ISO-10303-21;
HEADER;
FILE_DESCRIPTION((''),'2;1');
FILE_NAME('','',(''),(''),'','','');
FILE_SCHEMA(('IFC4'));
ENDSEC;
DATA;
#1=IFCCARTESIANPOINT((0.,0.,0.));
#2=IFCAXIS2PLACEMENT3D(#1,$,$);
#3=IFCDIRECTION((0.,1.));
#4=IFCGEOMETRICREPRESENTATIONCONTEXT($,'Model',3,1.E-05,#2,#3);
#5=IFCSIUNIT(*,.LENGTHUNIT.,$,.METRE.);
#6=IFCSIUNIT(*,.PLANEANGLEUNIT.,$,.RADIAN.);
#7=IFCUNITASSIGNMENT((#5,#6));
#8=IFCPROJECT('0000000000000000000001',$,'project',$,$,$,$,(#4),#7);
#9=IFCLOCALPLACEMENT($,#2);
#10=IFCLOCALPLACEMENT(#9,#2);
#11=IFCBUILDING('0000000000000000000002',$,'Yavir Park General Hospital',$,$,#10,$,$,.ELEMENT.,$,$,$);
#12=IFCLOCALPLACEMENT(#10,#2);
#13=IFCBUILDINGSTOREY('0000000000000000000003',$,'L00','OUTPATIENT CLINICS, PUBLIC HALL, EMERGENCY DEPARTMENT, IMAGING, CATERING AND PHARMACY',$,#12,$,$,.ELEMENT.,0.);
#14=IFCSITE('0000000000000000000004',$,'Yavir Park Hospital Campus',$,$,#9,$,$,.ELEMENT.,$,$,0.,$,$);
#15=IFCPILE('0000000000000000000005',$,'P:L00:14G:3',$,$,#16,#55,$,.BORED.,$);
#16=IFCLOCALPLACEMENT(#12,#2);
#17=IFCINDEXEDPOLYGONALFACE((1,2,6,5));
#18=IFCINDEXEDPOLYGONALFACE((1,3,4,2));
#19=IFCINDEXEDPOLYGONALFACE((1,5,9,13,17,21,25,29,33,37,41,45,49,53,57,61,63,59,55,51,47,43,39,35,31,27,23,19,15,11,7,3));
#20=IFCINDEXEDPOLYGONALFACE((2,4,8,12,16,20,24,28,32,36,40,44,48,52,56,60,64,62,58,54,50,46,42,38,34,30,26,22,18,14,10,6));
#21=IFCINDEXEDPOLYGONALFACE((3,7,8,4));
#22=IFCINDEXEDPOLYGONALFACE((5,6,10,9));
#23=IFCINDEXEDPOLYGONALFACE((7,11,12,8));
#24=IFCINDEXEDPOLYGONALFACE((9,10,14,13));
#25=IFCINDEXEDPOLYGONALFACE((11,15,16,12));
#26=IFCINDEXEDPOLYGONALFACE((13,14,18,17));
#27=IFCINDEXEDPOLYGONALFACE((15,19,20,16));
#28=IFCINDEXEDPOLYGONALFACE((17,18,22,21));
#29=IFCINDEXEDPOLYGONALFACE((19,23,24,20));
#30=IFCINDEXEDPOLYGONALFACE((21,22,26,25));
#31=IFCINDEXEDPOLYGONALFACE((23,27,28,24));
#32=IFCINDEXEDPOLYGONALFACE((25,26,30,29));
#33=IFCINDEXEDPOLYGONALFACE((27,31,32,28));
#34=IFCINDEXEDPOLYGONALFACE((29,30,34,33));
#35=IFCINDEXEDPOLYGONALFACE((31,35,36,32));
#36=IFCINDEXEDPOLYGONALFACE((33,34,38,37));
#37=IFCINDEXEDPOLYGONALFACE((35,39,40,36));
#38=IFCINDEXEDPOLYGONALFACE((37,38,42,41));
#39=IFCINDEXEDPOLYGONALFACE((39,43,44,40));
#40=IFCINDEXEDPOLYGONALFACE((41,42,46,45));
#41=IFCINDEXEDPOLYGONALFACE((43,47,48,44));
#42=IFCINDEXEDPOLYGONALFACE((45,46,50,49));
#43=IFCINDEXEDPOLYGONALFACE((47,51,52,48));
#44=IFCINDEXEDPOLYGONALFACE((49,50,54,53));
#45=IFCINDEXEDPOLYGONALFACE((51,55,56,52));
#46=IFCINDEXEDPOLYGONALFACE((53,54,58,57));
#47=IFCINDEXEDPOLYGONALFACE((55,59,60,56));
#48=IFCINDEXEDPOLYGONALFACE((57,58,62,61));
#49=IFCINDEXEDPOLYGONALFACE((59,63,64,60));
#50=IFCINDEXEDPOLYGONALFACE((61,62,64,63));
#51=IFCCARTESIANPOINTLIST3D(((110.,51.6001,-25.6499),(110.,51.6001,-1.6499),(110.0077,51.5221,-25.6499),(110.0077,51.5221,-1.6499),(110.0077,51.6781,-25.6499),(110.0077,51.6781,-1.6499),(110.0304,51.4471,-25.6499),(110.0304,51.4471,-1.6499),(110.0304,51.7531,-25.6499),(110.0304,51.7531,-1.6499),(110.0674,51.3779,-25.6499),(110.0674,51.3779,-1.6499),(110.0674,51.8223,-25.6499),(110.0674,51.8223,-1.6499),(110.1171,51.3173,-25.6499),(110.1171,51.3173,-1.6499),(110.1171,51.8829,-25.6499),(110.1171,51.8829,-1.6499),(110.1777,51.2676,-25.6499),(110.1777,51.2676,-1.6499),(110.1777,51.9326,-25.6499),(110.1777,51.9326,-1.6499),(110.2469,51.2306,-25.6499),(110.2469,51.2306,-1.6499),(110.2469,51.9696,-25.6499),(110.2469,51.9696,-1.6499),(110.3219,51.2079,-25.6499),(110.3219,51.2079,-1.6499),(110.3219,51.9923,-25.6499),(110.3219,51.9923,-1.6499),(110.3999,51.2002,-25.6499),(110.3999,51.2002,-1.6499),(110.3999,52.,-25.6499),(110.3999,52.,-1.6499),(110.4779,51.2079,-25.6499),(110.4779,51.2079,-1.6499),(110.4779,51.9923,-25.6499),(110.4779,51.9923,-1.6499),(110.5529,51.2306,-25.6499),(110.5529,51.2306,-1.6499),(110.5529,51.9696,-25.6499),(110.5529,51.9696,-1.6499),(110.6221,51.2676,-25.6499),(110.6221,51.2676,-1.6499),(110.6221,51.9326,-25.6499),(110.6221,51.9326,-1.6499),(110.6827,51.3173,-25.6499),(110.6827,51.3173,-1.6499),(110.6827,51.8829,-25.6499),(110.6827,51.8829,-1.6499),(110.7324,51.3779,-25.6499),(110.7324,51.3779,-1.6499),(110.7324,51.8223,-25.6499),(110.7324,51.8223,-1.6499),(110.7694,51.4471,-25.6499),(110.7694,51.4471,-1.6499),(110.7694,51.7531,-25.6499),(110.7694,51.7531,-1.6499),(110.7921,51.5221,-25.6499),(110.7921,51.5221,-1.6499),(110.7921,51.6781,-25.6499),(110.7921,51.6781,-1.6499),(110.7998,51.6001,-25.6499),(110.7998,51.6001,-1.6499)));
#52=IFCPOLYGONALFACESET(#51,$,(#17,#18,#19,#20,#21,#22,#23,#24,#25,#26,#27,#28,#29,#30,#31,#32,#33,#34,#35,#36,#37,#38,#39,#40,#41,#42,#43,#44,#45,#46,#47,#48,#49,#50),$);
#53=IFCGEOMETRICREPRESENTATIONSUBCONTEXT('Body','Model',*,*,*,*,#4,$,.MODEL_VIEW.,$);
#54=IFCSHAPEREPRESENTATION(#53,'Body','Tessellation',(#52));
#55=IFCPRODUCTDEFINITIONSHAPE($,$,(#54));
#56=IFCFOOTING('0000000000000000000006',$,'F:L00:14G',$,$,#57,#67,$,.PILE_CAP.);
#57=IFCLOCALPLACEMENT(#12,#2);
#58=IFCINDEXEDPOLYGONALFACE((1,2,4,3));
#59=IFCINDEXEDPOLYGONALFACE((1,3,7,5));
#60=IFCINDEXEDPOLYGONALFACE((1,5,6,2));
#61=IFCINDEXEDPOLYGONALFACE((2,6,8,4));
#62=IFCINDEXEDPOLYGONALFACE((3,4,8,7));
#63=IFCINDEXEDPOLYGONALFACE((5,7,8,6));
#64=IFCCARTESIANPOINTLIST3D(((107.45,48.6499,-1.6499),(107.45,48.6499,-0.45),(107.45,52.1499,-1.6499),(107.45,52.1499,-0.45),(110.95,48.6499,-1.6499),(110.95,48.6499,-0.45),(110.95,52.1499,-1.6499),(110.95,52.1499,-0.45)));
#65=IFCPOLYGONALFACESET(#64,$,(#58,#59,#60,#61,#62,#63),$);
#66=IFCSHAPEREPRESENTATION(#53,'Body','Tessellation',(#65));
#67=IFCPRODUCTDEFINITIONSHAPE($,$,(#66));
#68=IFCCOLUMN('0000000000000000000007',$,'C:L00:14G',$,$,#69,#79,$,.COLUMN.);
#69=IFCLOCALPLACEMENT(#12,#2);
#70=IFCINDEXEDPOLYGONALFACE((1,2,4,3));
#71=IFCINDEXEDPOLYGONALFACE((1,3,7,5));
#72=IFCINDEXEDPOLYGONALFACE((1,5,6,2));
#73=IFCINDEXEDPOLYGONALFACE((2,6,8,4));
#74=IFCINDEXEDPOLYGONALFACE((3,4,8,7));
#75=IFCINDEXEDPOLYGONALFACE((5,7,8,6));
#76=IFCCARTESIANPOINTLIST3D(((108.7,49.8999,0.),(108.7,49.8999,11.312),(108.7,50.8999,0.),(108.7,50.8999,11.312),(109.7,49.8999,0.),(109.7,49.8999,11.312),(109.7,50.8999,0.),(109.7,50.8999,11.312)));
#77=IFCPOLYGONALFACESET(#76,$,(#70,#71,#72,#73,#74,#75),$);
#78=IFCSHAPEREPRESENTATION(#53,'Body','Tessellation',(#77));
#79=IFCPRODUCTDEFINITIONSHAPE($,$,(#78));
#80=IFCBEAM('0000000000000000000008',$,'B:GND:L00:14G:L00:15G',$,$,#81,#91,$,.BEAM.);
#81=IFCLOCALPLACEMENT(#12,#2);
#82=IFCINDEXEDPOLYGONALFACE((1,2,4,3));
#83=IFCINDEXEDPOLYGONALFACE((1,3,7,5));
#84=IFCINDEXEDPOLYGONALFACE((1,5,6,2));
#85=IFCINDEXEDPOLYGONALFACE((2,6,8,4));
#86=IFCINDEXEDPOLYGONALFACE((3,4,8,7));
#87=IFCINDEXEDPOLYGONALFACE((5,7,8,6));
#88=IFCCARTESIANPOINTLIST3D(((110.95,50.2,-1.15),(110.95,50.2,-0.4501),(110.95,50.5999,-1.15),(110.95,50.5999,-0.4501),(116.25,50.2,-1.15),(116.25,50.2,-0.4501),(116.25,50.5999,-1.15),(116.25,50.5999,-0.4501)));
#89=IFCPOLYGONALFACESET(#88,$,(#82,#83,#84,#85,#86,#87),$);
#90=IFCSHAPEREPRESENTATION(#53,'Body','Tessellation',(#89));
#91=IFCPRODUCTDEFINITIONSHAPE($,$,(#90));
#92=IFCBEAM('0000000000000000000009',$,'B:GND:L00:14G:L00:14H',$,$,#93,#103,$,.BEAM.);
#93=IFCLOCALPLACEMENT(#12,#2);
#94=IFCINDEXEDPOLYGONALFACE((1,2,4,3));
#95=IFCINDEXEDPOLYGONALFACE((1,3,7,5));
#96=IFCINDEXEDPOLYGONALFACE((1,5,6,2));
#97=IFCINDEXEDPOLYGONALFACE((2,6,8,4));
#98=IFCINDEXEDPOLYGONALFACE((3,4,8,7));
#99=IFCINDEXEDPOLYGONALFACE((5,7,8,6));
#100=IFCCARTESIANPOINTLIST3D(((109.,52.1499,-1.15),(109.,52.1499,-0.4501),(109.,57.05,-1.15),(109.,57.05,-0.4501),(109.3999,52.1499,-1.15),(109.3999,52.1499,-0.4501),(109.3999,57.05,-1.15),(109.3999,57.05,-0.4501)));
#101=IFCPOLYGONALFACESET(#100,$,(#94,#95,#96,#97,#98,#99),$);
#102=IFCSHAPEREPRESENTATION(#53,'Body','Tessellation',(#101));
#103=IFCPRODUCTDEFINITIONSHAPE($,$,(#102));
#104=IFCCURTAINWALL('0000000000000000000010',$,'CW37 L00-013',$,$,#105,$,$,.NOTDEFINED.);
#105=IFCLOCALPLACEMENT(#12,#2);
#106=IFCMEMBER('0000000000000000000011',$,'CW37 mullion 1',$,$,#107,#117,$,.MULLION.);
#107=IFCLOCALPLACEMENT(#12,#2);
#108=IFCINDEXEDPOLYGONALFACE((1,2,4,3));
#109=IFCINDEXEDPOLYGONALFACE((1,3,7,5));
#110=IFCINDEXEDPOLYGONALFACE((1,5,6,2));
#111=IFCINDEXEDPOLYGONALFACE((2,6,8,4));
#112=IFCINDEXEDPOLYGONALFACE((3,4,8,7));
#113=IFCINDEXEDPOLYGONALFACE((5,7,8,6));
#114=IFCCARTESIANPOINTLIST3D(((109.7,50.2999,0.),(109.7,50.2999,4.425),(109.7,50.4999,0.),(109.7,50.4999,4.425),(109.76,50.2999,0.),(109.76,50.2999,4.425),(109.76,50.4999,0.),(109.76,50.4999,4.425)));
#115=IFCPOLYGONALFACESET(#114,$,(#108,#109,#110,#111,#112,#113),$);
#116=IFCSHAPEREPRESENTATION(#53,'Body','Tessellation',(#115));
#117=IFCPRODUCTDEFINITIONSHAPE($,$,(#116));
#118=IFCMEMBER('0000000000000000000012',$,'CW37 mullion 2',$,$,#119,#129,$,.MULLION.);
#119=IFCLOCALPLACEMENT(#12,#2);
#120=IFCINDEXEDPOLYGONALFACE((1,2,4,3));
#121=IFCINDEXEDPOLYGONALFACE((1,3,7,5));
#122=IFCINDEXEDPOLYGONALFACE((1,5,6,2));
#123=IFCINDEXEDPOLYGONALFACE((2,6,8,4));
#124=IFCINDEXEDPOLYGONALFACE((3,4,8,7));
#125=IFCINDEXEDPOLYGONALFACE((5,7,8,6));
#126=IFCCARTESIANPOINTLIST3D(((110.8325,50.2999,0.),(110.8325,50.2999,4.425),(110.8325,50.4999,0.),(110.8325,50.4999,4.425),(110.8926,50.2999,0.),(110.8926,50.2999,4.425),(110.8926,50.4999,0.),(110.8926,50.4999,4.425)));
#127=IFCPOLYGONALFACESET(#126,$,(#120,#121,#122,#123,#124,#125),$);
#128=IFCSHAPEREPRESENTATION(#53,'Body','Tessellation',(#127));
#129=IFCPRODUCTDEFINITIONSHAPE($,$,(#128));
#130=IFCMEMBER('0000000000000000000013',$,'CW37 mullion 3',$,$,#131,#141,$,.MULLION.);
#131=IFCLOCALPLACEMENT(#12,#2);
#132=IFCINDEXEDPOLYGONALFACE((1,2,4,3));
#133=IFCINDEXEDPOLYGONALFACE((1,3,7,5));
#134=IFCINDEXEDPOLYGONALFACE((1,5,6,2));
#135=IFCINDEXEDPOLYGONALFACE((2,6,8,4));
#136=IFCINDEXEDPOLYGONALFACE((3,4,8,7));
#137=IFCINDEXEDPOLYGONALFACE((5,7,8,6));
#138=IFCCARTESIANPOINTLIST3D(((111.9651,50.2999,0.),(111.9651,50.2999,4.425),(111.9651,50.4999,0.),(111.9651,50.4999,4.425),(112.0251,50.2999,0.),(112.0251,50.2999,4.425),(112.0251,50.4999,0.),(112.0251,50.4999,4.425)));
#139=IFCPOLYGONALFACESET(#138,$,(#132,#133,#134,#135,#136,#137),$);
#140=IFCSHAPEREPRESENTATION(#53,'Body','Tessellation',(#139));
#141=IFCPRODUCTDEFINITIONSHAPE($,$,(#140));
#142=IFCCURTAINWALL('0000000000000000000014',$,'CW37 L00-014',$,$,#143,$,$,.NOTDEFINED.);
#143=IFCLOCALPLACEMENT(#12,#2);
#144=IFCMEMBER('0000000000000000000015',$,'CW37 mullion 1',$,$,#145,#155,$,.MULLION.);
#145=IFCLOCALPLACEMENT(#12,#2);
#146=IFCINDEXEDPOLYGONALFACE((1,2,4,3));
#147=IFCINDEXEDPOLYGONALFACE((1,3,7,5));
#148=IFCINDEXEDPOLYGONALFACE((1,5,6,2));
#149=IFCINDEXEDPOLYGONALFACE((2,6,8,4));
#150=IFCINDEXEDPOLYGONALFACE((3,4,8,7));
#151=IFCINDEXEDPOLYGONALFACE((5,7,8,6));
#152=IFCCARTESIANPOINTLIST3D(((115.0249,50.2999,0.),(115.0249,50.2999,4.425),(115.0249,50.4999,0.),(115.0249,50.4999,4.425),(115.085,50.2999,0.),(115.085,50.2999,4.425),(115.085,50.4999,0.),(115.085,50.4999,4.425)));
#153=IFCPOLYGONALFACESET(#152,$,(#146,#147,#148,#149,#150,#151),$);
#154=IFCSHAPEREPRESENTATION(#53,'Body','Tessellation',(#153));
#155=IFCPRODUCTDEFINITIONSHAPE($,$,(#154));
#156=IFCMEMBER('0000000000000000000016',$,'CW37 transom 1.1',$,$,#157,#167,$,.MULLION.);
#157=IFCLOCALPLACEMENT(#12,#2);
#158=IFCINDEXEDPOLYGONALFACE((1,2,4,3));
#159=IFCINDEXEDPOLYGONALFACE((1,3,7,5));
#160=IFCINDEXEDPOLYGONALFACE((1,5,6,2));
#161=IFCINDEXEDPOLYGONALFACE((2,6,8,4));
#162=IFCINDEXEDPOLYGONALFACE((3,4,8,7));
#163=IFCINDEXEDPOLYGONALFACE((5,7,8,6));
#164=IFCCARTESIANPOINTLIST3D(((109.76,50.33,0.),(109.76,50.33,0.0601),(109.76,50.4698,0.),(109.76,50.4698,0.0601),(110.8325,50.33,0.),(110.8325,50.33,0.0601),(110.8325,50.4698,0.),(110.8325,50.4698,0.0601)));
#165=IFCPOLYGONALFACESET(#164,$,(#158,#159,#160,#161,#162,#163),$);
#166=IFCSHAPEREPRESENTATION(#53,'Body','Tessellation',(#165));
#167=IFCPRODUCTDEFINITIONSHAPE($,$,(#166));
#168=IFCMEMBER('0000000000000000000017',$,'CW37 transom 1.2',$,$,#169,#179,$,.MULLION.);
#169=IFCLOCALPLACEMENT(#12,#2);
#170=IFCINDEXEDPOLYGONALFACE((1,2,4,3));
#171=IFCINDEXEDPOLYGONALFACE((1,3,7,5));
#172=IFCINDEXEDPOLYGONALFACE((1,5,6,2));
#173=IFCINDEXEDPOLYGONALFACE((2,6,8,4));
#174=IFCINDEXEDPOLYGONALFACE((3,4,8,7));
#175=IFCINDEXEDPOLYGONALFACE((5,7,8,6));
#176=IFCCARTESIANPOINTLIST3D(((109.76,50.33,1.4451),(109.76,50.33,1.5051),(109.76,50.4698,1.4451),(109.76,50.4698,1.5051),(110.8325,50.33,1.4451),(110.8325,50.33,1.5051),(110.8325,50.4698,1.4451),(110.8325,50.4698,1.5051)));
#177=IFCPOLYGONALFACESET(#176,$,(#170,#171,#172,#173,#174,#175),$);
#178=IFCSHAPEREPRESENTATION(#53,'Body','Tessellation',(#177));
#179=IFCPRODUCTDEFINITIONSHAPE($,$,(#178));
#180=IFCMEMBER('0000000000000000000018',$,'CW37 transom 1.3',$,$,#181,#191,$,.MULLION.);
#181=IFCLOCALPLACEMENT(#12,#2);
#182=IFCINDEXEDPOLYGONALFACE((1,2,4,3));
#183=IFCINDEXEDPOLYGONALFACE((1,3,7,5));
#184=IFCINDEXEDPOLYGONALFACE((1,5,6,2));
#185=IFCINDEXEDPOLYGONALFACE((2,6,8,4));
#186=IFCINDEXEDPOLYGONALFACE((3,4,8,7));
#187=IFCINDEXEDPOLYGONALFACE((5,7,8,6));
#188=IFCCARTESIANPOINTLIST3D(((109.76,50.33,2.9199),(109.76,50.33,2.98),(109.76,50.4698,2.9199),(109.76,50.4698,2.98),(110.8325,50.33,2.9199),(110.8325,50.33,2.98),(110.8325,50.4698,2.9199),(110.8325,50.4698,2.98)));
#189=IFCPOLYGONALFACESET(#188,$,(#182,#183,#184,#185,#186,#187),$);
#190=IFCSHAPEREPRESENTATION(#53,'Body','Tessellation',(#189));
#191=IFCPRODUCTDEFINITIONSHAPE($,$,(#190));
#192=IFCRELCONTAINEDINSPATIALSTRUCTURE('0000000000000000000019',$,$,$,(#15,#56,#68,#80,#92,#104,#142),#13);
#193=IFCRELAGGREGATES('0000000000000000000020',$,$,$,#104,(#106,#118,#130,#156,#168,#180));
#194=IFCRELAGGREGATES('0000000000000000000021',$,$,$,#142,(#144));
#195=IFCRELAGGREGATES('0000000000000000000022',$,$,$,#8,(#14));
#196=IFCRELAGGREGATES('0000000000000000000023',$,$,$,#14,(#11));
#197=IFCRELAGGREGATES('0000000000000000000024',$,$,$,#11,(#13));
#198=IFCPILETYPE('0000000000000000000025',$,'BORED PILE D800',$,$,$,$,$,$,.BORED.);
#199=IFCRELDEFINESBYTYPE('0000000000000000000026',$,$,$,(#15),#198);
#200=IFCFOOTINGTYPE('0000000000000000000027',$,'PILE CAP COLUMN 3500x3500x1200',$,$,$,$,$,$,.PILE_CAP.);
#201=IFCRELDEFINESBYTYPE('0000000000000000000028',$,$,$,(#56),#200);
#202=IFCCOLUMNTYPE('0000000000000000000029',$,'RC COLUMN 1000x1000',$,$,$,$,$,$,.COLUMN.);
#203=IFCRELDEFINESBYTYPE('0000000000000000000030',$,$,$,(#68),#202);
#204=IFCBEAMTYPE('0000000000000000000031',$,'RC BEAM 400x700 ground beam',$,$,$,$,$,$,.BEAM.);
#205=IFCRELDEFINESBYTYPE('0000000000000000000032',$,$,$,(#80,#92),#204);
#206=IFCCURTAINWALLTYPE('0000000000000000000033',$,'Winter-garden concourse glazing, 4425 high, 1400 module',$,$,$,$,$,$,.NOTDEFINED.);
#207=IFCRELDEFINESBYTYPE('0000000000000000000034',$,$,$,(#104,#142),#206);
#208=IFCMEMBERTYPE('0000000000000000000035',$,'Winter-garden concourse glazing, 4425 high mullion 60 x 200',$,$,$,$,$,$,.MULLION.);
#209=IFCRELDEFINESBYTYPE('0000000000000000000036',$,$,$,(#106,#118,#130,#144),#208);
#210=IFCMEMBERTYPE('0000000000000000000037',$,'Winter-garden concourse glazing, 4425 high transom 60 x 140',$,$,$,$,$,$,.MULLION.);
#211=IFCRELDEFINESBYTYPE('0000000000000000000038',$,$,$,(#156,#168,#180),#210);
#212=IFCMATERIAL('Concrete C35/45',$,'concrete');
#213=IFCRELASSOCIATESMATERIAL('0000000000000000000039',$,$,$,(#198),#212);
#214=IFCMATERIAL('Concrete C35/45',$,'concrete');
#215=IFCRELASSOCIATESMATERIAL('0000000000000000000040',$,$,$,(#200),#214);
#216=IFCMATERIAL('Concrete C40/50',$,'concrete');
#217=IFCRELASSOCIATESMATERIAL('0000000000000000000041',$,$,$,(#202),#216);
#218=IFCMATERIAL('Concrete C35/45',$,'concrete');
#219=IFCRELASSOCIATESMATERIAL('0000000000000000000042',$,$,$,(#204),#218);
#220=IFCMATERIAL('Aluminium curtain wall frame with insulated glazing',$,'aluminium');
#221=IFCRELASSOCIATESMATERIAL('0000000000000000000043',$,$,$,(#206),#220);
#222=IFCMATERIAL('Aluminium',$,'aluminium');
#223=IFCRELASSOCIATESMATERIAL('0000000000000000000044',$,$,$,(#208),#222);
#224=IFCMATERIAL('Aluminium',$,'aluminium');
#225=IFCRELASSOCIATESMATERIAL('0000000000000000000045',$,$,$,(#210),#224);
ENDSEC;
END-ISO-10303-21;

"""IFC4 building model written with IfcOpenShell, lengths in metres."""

from ifc_helpers import new_model, si_unit, direction, frame, origin, origin_2d, place, context, subcontext, project, spatial, rectangle, circle, extrude, material, material_profile, profile_set, type_object, element, aggregate, save


model = new_model("IFC4")

# Units and contexts
model_context = context("Model", 3, precision=1e-05, world=origin(), true_north=direction((0.0, 1.0)))
body_context = subcontext(model_context, "Body", "Model", "MODEL_VIEW")
ifc_project = project(units=[si_unit("LENGTHUNIT", "METRE"), si_unit("PLANEANGLEUNIT", "RADIAN")], contexts=[model_context])

# Site, building, storey
site_placement = place(None, origin())
site = spatial("IfcSite", under=ifc_project, at=site_placement, Name="Yavir Park Hospital Campus", CompositionType="ELEMENT", RefElevation=0.0)
building_placement = place(site_placement, origin())
building = spatial("IfcBuilding", under=site, at=building_placement, Name="Yavir Park General Hospital", CompositionType="ELEMENT")
storey_placement = place(building_placement, origin())
storey = spatial("IfcBuildingStorey", under=building, at=storey_placement, Name="L00", Description="OUTPATIENT CLINICS, PUBLIC HALL, EMERGENCY DEPARTMENT, IMAGING, CATERING AND PHARMACY", CompositionType="ELEMENT", Elevation=0.0)

# Pile
ifc_material_1 = material(Name="Concrete C35/45", Category="concrete")
ifc_material_profile_1 = material_profile(ifc_material_1, circle(Radius=0.3999, at=origin_2d()), Name="D800")
ifc_profile_set_1 = profile_set([ifc_material_profile_1], Name="Concrete C35/45")
pile_type = type_object("IfcPileType", Name="BORED PILE D800", PredefinedType="BORED", material=ifc_profile_set_1)
pile_placement = place(storey_placement, frame((110.3999, 51.6001, -1.6499), z_axis=(0.0, 0.0, -1.0), x_axis=(1.0, 0.0, 0.0)))
element("IfcPile", 1, at=pile_placement, inside=storey, type_object=pile_type, Name="P:L00:14G:3", PredefinedType="BORED", context=body_context, shape_type="SweptSolid", body=[
    extrude(circle(Radius=0.3999, at=origin_2d()), origin(), (0.0, 0.0, 1.0), 24.0),
])

# Footing
ifc_material_2 = material(Name="Concrete C35/45", Category="concrete")
footing_type = type_object("IfcFootingType", Name="PILE CAP COLUMN 3500x3500x1200", PredefinedType="PILE_CAP", material=ifc_material_2)
footing_placement = place(storey_placement, frame((109.2, 50.3999, -1.6499), z_axis=(0.0, 0.0, 1.0), x_axis=(1.0, 0.0, 0.0)))
element("IfcFooting", 2, at=footing_placement, inside=storey, type_object=footing_type, Name="F:L00:14G", PredefinedType="PILE_CAP", context=body_context, shape_type="SweptSolid", body=[
    extrude(rectangle(XDim=3.5, YDim=3.5, at=origin_2d()), origin(), (0.0, 0.0, 1.0), 1.2),
])

# Column
ifc_material_3 = material(Name="Concrete C40/50", Category="concrete")
ifc_material_profile_2 = material_profile(ifc_material_3, rectangle(XDim=1.0, YDim=1.0, at=origin_2d()), Name="RC1000x1000")
ifc_profile_set_2 = profile_set([ifc_material_profile_2], Name="Concrete C40/50")
column_type = type_object("IfcColumnType", Name="RC COLUMN 1000x1000", PredefinedType="COLUMN", material=ifc_profile_set_2)
column_placement = place(storey_placement, frame((109.2, 50.3999, 0.0), z_axis=(0.0, 0.0, 1.0), x_axis=(1.0, 0.0, 0.0)))
element("IfcColumn", 3, at=column_placement, inside=storey, type_object=column_type, Name="C:L00:14G", PredefinedType="COLUMN", context=body_context, shape_type="SweptSolid", body=[
    extrude(rectangle(XDim=1.0, YDim=1.0, at=origin_2d()), origin(), (0.0, 0.0, 1.0), 11.312),
])

# Beams
ifc_material_4 = material(Name="Concrete C35/45", Category="concrete")
ifc_material_profile_3 = material_profile(ifc_material_4, rectangle(XDim=0.3999, YDim=0.7, at=origin_2d()), Name="RC400x700")
ifc_profile_set_3 = profile_set([ifc_material_profile_3], Name="Concrete C35/45")
beam_type = type_object("IfcBeamType", Name="RC BEAM 400x700 ground beam", PredefinedType="BEAM", material=ifc_profile_set_3)
beam_1_placement = place(storey_placement, frame((110.95, 50.3999, -0.8), z_axis=(1.0, 0.0, 0.0), x_axis=(0.0, 1.0, 0.0)))
element("IfcBeam", 4, at=beam_1_placement, inside=storey, type_object=beam_type, Name="B:GND:L00:14G:L00:15G", PredefinedType="BEAM", context=body_context, shape_type="SweptSolid", body=[
    extrude(rectangle(XDim=0.3999, YDim=0.7, at=origin_2d()), origin(), (0.0, 0.0, 1.0), 5.3),
])
beam_2_placement = place(storey_placement, frame((109.2, 52.1499, -0.8), z_axis=(0.0, 1.0, 0.0), x_axis=(-1.0, 0.0, 0.0)))
element("IfcBeam", 5, at=beam_2_placement, inside=storey, type_object=beam_type, Name="B:GND:L00:14G:L00:14H", PredefinedType="BEAM", context=body_context, shape_type="SweptSolid", body=[
    extrude(rectangle(XDim=0.3999, YDim=0.7, at=origin_2d()), origin(), (0.0, 0.0, 1.0), 4.9001),
])

# Curtain wall, members
ifc_material_5 = material(Name="Aluminium curtain wall frame with insulated glazing", Category="aluminium")
curtain_wall_type = type_object("IfcCurtainWallType", Name="Winter-garden concourse glazing, 4425 high, 1400 module", PredefinedType="NOTDEFINED", material=ifc_material_5)
curtain_wall_1_placement = place(storey_placement, origin())
curtain_wall_1 = element("IfcCurtainWall", 6, at=curtain_wall_1_placement, inside=storey, type_object=curtain_wall_type, Name="CW37 L00-013", PredefinedType="NOTDEFINED")
ifc_material_6 = material(Name="Aluminium", Category="aluminium")
ifc_material_profile_4 = material_profile(ifc_material_6, rectangle(XDim=0.2, YDim=0.0601, at=origin_2d()), Name="AL 60x200")
ifc_profile_set_4 = profile_set([ifc_material_profile_4], Name="Aluminium")
member_type_1 = type_object("IfcMemberType", Name="Winter-garden concourse glazing, 4425 high mullion 60 x 200", PredefinedType="MULLION", material=ifc_profile_set_4)
member_1_placement = place(storey_placement, frame((109.73, 50.3999, 0.0), z_axis=(0.0, 0.0, 1.0), x_axis=(0.0, 1.0, 0.0)))
member_1 = element("IfcMember", 7, at=member_1_placement, type_object=member_type_1, Name="CW37 mullion 1", PredefinedType="MULLION", context=body_context, shape_type="SweptSolid", body=[
    extrude(rectangle(XDim=0.2, YDim=0.0601, at=origin_2d()), origin(), (0.0, 0.0, 1.0), 4.425),
])
member_2_placement = place(storey_placement, frame((110.8625, 50.3999, 0.0), z_axis=(0.0, 0.0, 1.0), x_axis=(0.0, 1.0, 0.0)))
member_2 = element("IfcMember", 8, at=member_2_placement, type_object=member_type_1, Name="CW37 mullion 2", PredefinedType="MULLION", context=body_context, shape_type="SweptSolid", body=[
    extrude(rectangle(XDim=0.2, YDim=0.0601, at=origin_2d()), origin(), (0.0, 0.0, 1.0), 4.425),
])
member_3_placement = place(storey_placement, frame((111.9951, 50.3999, 0.0), z_axis=(0.0, 0.0, 1.0), x_axis=(0.0, 1.0, 0.0)))
member_3 = element("IfcMember", 9, at=member_3_placement, type_object=member_type_1, Name="CW37 mullion 3", PredefinedType="MULLION", context=body_context, shape_type="SweptSolid", body=[
    extrude(rectangle(XDim=0.2, YDim=0.0601, at=origin_2d()), origin(), (0.0, 0.0, 1.0), 4.425),
])

# Curtain wall, member
curtain_wall_2_placement = place(storey_placement, origin())
curtain_wall_2 = element("IfcCurtainWall", 10, at=curtain_wall_2_placement, inside=storey, type_object=curtain_wall_type, Name="CW37 L00-014", PredefinedType="NOTDEFINED")
member_4_placement = place(storey_placement, frame((115.0549, 50.3999, 0.0), z_axis=(0.0, 0.0, 1.0), x_axis=(0.0, 1.0, 0.0)))
member_4 = element("IfcMember", 11, at=member_4_placement, type_object=member_type_1, Name="CW37 mullion 1", PredefinedType="MULLION", context=body_context, shape_type="SweptSolid", body=[
    extrude(rectangle(XDim=0.2, YDim=0.0601, at=origin_2d()), origin(), (0.0, 0.0, 1.0), 4.425),
])

# Members
ifc_material_7 = material(Name="Aluminium", Category="aluminium")
ifc_material_profile_5 = material_profile(ifc_material_7, rectangle(XDim=0.1399, YDim=0.0601, at=origin_2d()), Name="AL 140x60")
ifc_profile_set_5 = profile_set([ifc_material_profile_5], Name="Aluminium")
member_type_2 = type_object("IfcMemberType", Name="Winter-garden concourse glazing, 4425 high transom 60 x 140", PredefinedType="MULLION", material=ifc_profile_set_5)
member_5_placement = place(storey_placement, frame((109.76, 50.3999, 0.03), z_axis=(1.0, 0.0, 0.0), x_axis=(0.0, 1.0, 0.0)))
member_5 = element("IfcMember", 12, at=member_5_placement, type_object=member_type_2, Name="CW37 transom 1.1", PredefinedType="MULLION", context=body_context, shape_type="SweptSolid", body=[
    extrude(rectangle(XDim=0.1399, YDim=0.0601, at=origin_2d()), origin(), (0.0, 0.0, 1.0), 1.0725),
])
member_6_placement = place(storey_placement, frame((109.76, 50.3999, 1.4751), z_axis=(1.0, 0.0, 0.0), x_axis=(0.0, 1.0, 0.0)))
member_6 = element("IfcMember", 13, at=member_6_placement, type_object=member_type_2, Name="CW37 transom 1.2", PredefinedType="MULLION", context=body_context, shape_type="SweptSolid", body=[
    extrude(rectangle(XDim=0.1399, YDim=0.0601, at=origin_2d()), origin(), (0.0, 0.0, 1.0), 1.0725),
])
member_7_placement = place(storey_placement, frame((109.76, 50.3999, 2.95), z_axis=(1.0, 0.0, 0.0), x_axis=(0.0, 1.0, 0.0)))
member_7 = element("IfcMember", 14, at=member_7_placement, type_object=member_type_2, Name="CW37 transom 1.3", PredefinedType="MULLION", context=body_context, shape_type="SweptSolid", body=[
    extrude(rectangle(XDim=0.1399, YDim=0.0601, at=origin_2d()), origin(), (0.0, 0.0, 1.0), 1.0725),
])

aggregate(curtain_wall_1, [member_1, member_2, member_3, member_5, member_6, member_7])
aggregate(curtain_wall_2, [member_4])

save(model, "model.ifc")
